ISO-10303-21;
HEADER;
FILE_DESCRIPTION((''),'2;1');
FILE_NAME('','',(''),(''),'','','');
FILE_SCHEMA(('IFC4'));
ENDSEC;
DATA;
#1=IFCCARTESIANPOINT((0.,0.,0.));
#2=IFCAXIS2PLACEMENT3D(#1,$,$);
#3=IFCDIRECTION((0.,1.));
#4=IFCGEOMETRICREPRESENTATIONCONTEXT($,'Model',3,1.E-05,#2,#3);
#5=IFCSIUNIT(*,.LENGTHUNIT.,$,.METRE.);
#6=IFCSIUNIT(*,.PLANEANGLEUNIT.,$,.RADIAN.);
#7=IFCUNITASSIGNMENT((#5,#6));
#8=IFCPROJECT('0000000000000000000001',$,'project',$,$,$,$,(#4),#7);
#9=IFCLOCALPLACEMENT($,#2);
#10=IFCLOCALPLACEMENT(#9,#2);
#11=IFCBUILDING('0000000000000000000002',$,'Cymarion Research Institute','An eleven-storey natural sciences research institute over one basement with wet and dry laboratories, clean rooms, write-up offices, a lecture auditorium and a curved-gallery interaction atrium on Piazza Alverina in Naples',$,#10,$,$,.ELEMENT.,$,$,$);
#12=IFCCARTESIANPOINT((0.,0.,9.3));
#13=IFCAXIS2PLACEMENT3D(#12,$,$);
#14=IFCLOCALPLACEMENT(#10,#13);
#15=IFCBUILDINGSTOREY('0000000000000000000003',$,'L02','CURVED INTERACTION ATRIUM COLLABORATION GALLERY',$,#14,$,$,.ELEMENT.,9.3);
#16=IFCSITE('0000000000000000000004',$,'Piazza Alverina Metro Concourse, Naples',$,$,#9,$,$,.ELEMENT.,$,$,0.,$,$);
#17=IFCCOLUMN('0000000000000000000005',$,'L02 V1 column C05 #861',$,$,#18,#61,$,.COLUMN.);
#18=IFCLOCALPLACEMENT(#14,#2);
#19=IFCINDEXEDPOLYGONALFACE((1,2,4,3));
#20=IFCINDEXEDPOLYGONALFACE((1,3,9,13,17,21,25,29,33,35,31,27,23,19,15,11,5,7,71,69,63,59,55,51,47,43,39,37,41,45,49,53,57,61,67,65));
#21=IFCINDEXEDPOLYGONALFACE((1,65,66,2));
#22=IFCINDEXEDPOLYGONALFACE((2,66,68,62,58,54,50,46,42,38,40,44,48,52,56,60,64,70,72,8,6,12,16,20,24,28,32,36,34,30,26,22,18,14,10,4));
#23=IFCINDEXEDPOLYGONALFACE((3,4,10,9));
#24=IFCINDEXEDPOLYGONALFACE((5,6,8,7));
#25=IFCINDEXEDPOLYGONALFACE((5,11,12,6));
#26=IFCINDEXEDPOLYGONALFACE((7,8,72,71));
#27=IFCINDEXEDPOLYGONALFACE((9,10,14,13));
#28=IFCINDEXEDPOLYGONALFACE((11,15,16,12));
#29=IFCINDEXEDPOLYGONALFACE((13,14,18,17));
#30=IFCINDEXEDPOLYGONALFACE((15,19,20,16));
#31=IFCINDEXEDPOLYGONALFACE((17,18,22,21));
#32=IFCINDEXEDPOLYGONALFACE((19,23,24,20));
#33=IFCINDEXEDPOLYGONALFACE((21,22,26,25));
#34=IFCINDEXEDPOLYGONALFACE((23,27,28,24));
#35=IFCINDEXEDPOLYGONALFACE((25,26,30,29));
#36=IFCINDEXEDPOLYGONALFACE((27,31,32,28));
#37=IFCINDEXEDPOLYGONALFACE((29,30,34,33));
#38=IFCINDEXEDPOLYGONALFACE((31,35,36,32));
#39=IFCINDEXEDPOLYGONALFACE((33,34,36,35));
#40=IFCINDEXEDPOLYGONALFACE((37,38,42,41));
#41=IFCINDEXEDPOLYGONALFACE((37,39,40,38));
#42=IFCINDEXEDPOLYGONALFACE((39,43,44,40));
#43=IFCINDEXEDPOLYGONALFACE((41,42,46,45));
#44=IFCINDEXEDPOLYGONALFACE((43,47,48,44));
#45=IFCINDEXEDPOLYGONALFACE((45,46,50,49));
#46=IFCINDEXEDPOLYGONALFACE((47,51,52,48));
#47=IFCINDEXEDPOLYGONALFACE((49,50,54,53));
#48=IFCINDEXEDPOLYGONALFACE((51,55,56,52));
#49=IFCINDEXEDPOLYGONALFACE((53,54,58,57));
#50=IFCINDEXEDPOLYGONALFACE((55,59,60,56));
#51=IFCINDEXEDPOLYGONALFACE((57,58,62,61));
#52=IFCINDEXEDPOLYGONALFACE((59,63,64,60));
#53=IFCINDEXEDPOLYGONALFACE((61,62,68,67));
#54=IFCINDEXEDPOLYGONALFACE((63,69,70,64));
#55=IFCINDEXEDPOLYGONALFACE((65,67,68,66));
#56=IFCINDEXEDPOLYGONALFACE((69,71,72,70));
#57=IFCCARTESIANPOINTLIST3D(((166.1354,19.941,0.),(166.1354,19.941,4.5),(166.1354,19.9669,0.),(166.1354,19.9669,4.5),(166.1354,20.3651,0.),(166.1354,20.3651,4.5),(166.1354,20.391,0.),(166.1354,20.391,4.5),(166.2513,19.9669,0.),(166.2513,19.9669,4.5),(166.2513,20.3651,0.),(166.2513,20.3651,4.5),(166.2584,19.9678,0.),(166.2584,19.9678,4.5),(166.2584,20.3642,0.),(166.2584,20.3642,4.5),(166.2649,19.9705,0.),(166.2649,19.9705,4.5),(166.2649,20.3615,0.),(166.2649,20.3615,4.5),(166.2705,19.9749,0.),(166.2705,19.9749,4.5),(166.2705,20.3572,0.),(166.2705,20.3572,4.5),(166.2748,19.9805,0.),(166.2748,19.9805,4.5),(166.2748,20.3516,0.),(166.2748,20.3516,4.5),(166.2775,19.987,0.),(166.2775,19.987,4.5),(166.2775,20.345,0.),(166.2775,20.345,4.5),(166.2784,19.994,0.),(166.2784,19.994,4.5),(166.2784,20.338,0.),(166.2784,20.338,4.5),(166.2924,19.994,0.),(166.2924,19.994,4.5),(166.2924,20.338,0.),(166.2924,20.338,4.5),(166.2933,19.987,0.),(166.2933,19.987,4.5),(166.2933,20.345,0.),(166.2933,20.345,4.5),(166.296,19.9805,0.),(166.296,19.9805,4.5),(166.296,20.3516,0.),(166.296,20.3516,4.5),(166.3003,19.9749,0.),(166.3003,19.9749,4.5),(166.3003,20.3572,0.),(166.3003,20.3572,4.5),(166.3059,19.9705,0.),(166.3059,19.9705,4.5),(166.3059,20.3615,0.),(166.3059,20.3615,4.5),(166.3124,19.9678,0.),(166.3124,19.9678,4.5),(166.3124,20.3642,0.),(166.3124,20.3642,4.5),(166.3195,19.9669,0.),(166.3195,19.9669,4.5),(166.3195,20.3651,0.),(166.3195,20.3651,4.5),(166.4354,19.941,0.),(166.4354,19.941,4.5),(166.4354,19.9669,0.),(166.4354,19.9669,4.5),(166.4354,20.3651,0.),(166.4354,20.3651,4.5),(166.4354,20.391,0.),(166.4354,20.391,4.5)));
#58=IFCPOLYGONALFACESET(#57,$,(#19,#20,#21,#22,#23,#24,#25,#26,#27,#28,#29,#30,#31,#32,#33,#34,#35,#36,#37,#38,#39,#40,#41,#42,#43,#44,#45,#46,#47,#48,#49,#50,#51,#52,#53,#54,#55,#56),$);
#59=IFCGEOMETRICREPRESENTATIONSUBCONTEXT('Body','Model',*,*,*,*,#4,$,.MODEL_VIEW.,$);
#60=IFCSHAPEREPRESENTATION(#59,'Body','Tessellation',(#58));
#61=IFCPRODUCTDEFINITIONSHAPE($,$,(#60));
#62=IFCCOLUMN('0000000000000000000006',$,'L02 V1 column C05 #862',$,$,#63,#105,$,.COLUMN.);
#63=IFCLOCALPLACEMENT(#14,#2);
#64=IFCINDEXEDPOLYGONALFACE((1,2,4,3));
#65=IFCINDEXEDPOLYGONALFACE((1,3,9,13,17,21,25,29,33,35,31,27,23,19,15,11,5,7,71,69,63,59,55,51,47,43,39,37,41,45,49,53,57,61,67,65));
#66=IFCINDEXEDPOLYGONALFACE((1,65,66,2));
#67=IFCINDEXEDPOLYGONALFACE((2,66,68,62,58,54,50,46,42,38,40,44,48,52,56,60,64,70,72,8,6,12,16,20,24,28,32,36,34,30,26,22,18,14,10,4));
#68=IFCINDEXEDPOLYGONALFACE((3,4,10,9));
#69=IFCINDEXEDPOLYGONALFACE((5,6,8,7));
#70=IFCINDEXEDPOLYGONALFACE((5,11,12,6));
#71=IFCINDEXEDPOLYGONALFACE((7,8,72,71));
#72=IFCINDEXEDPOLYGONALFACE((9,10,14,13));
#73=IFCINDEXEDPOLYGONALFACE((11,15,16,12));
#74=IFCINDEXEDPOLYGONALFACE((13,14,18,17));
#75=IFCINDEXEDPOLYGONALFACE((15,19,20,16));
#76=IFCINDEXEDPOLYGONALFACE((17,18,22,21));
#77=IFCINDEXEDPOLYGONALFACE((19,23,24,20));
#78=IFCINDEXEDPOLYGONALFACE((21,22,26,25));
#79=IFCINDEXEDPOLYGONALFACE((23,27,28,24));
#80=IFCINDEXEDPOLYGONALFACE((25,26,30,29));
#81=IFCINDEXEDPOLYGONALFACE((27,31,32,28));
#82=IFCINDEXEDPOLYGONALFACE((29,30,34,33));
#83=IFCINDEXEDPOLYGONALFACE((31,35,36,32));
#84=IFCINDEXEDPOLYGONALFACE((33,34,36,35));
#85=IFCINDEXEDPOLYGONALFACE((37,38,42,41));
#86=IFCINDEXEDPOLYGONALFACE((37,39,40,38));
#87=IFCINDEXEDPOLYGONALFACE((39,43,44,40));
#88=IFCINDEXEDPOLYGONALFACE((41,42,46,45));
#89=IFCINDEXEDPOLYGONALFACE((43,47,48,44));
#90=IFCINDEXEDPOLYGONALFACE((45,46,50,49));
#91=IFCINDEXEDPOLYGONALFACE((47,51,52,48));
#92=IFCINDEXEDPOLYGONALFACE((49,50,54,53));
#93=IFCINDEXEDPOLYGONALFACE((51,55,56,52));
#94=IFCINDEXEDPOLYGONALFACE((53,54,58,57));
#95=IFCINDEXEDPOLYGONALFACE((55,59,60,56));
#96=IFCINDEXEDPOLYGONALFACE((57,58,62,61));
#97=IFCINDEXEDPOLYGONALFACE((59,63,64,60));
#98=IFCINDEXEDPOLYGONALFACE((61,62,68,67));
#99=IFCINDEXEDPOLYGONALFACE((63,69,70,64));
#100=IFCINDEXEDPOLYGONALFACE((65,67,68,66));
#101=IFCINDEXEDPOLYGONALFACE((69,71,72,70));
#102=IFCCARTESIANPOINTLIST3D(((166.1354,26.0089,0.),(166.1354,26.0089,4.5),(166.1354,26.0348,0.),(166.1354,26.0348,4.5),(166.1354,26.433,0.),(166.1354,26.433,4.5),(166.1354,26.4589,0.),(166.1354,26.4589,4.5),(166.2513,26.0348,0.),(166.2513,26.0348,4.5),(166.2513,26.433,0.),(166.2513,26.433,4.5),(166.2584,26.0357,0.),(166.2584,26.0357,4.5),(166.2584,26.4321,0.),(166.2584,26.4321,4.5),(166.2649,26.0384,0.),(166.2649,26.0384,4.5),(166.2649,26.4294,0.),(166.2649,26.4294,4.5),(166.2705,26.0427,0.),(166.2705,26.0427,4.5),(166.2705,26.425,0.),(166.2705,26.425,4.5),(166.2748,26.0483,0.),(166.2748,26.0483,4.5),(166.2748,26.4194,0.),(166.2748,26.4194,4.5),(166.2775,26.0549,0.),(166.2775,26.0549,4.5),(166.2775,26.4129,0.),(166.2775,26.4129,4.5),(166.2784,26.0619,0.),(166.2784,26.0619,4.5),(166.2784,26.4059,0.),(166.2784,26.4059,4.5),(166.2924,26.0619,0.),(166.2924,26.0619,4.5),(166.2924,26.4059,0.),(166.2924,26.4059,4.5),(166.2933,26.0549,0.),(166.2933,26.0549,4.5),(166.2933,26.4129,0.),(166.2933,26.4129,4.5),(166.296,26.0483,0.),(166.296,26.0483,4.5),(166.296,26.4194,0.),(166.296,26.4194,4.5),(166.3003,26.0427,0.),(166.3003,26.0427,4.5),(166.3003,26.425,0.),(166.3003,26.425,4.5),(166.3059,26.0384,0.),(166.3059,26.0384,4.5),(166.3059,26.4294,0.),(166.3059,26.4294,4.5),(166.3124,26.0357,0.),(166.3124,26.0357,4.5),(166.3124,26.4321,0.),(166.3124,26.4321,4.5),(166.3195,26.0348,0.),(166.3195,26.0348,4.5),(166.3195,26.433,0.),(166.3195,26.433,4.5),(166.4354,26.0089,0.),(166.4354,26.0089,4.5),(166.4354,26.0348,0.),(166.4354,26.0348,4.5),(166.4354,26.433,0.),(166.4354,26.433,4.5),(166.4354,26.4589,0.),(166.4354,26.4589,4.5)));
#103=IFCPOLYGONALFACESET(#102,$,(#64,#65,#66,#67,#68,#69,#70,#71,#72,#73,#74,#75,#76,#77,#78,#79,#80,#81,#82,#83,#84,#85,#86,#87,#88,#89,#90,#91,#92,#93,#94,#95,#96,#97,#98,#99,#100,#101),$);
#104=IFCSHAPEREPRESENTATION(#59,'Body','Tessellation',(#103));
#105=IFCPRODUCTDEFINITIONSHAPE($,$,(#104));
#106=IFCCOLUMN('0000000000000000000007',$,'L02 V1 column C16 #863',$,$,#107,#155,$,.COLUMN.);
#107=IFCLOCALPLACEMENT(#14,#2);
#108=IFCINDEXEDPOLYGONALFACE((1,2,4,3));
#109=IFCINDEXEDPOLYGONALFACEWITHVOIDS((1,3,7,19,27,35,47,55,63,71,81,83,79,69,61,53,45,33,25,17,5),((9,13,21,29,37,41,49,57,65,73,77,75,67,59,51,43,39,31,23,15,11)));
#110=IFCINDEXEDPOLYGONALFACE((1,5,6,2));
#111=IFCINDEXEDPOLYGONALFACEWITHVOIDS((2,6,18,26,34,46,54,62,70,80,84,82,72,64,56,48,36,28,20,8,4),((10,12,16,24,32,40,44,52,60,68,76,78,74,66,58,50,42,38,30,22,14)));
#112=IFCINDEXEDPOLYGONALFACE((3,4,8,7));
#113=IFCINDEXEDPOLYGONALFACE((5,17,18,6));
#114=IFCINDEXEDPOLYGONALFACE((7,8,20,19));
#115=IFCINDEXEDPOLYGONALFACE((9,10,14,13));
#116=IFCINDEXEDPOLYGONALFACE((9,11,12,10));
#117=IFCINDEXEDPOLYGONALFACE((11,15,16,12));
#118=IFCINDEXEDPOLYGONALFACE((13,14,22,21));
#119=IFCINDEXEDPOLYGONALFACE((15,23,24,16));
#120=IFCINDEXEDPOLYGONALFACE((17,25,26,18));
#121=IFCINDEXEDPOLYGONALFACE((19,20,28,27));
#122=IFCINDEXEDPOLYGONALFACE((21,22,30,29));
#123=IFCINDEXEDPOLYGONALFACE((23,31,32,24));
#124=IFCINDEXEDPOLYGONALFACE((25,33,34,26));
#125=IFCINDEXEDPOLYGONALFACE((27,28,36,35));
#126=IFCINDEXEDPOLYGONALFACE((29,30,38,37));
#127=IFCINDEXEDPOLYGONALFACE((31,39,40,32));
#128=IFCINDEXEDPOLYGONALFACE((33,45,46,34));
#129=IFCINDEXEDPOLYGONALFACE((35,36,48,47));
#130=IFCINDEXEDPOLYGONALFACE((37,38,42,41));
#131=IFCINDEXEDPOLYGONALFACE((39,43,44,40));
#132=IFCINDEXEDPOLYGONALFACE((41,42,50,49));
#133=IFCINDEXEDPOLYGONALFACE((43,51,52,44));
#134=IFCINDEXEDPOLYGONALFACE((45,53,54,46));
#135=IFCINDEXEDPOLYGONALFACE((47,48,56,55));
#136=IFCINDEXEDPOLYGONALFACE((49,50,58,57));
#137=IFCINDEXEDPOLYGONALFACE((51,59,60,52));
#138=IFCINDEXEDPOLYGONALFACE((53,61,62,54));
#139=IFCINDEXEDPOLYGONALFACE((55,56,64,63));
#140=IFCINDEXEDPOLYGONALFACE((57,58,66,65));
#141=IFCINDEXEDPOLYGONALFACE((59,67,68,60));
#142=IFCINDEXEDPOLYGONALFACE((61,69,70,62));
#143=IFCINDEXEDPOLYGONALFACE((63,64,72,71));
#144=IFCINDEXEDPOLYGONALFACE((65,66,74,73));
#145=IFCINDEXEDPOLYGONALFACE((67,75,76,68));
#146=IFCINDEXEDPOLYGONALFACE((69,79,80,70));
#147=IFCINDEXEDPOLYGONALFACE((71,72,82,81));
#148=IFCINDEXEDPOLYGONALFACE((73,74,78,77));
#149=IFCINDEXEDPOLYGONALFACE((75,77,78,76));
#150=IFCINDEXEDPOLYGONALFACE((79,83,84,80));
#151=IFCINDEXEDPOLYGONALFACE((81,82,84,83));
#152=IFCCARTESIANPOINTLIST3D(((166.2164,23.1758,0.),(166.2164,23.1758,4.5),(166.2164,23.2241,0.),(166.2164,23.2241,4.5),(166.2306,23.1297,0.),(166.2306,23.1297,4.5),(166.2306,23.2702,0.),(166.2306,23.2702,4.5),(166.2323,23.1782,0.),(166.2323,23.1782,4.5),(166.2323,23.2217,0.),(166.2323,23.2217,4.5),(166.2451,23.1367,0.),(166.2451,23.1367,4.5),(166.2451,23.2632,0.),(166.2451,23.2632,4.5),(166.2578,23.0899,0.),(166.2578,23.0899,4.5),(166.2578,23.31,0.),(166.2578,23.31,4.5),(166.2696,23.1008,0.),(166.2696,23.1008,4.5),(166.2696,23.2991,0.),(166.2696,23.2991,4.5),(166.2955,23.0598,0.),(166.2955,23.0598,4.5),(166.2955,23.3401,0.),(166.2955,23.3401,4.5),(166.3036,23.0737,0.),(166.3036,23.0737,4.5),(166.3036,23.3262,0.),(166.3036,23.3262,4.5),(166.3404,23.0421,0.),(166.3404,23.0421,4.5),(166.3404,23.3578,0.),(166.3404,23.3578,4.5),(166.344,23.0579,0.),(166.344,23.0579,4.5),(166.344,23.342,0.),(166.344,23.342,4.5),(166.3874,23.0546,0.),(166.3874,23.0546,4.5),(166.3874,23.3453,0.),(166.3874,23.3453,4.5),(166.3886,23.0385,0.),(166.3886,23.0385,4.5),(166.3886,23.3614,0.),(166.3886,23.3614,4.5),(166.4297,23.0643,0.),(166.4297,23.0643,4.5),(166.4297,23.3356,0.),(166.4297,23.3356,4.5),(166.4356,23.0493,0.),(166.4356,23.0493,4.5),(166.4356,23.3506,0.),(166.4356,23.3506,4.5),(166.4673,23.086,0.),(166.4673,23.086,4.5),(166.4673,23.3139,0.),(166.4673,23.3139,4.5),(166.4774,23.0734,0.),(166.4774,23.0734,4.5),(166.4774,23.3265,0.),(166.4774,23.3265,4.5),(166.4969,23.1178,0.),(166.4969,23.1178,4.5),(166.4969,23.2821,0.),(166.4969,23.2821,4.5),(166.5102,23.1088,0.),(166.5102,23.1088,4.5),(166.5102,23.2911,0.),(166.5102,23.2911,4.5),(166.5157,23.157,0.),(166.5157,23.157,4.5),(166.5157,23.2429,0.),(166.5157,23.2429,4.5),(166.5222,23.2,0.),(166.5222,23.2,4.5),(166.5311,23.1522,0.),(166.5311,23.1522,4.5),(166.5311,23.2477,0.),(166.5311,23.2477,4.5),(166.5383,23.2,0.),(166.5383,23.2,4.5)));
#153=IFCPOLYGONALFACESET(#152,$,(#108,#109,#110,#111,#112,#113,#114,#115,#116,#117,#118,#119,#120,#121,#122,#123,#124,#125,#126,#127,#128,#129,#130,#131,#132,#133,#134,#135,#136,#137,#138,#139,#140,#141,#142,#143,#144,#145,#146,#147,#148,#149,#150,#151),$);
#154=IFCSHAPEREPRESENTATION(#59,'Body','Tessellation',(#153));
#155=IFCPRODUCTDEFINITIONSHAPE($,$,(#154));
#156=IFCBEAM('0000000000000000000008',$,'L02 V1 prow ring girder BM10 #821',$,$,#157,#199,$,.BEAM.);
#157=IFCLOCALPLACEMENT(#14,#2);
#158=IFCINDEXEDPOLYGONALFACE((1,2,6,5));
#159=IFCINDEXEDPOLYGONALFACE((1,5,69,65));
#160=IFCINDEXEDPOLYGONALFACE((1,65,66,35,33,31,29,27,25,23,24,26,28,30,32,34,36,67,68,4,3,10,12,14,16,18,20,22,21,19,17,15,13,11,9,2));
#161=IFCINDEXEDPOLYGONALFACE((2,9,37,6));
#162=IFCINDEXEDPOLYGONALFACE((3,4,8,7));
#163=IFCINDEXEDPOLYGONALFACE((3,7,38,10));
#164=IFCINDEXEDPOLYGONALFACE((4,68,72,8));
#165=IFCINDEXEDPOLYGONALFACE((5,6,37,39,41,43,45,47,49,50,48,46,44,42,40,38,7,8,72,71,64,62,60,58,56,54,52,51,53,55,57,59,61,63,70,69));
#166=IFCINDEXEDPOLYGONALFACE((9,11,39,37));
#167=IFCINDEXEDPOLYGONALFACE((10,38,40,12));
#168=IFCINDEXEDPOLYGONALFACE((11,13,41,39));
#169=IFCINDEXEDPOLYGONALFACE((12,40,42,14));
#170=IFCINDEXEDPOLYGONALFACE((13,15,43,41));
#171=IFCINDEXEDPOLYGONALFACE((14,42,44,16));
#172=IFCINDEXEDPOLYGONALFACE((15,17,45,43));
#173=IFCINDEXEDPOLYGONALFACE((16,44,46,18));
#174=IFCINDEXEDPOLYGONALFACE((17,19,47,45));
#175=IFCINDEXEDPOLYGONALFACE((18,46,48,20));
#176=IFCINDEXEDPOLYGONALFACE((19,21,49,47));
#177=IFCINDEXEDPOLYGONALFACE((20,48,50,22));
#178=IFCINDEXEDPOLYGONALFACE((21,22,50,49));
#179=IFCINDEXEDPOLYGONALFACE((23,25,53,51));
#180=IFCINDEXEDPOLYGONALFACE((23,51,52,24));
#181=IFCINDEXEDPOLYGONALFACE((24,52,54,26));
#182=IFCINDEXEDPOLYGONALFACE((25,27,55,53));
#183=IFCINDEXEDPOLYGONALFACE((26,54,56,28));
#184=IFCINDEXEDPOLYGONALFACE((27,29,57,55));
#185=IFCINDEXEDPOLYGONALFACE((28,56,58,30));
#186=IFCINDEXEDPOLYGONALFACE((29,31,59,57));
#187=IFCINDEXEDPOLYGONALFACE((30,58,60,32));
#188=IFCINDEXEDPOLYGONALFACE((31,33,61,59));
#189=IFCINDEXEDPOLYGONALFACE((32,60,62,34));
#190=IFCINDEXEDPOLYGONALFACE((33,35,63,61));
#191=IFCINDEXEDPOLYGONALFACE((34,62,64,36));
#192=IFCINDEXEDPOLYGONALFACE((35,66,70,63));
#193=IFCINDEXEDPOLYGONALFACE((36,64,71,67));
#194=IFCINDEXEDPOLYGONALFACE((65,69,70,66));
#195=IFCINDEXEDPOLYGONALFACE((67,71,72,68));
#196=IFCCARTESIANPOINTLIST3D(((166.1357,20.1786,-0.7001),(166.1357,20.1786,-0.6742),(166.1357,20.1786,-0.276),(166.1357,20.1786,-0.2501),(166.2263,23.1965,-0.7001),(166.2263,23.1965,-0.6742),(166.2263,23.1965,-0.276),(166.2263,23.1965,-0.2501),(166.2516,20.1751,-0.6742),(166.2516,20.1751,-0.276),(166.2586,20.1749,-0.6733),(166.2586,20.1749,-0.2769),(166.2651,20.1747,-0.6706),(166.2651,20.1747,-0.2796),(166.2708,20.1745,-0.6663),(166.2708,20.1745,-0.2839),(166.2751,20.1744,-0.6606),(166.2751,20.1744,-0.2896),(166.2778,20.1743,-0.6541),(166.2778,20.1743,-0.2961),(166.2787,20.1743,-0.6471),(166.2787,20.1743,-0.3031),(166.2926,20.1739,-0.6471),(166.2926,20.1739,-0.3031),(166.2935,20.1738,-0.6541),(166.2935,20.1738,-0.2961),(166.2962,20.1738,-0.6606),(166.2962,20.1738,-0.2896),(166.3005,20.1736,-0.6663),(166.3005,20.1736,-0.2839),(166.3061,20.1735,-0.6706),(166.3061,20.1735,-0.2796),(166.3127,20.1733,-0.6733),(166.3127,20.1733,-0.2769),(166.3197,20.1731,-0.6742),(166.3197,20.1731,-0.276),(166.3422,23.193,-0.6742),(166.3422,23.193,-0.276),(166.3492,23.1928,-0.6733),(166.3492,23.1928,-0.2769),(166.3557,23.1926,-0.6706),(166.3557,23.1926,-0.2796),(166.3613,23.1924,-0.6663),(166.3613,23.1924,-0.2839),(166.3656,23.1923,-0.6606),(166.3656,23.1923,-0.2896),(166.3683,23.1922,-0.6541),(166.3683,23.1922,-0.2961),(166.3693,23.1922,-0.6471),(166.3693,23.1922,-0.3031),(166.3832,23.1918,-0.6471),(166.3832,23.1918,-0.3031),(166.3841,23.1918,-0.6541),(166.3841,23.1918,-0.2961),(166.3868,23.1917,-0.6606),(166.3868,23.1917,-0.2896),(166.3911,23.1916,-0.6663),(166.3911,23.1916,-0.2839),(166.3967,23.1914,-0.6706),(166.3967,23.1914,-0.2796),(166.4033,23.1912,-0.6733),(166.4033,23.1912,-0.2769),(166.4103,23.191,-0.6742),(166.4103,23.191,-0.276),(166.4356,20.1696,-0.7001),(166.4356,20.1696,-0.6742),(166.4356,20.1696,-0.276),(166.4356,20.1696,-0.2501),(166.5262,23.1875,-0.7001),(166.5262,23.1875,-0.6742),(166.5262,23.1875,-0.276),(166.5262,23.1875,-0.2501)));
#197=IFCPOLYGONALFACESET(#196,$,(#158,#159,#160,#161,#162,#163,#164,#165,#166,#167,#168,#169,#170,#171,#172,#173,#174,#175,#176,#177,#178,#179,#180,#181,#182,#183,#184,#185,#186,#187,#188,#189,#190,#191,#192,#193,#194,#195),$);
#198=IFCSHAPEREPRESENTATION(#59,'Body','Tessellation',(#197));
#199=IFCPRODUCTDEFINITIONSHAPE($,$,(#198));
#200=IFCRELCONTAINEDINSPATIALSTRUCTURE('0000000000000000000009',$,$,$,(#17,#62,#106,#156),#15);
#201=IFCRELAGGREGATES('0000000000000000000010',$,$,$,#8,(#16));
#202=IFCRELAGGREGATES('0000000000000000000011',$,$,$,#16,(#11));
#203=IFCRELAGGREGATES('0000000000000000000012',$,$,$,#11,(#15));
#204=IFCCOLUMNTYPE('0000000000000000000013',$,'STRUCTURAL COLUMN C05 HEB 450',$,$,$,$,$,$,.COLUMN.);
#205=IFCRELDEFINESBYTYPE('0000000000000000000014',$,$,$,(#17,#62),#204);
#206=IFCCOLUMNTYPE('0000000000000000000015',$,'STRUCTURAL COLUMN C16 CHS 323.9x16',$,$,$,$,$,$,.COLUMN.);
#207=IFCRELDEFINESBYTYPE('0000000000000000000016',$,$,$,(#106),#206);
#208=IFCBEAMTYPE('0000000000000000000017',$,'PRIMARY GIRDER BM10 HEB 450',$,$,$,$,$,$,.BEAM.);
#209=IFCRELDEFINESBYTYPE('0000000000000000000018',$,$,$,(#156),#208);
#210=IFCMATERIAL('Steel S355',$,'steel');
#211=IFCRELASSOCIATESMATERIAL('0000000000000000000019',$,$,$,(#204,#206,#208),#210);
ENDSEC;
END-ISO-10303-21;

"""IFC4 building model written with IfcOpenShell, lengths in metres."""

from ifc_helpers import new_model, si_unit, direction, frame, origin, origin_2d, place, context, subcontext, project, spatial, hollow_circle, i_section, extrude, material, material_profile, profile_set, type_object, element, save


model = new_model("IFC4")

# Units and contexts
model_context = context("Model", 3, precision=1e-05, world=origin(), true_north=direction((0.0, 1.0)))
body_context = subcontext(model_context, "Body", "Model", "MODEL_VIEW")
ifc_project = project(units=[si_unit("LENGTHUNIT", "METRE"), si_unit("PLANEANGLEUNIT", "RADIAN")], contexts=[model_context])

# Site, building, storey
site_placement = place(None, origin())
site = spatial("IfcSite", under=ifc_project, at=site_placement, Name="Piazza Alverina Metro Concourse, Naples", CompositionType="ELEMENT", RefElevation=0.0)
building_placement = place(site_placement, origin())
building = spatial("IfcBuilding", under=site, at=building_placement, Name="Cymarion Research Institute", Description="An eleven-storey natural sciences research institute over one basement with wet and dry laboratories, clean rooms, write-up offices, a lecture auditorium and a curved-gallery interaction atrium on Piazza Alverina in Naples", CompositionType="ELEMENT")
storey_placement = place(building_placement, frame((0.0, 0.0, 9.3)))
storey = spatial("IfcBuildingStorey", under=building, at=storey_placement, Name="L02", Description="CURVED INTERACTION ATRIUM COLLABORATION GALLERY", CompositionType="ELEMENT", Elevation=9.3)

# Columns
ifc_material_1 = material(Name="Steel S355", Category="steel")
ifc_material_profile_1 = material_profile(ifc_material_1, i_section(OverallWidth=0.3, OverallDepth=0.45, WebThickness=0.0139, FlangeThickness=0.0259, FilletRadius=0.0271, at=origin_2d()), Name="HEB 450")
ifc_profile_set_1 = profile_set([ifc_material_profile_1], Name="Steel S355")
column_type_1 = type_object("IfcColumnType", Name="STRUCTURAL COLUMN C05 HEB 450", PredefinedType="COLUMN", material=ifc_profile_set_1)
for number, where, z_axis, x_axis, name in (
    (1, (166.2854, 20.166, 0.0), (0.0, 0.0, 1.0), (1.0, 0.0, 0.0), "L02 V1 column C05 #861"),
    (2, (166.2854, 26.2339, 0.0), (0.0, 0.0, 1.0), (1.0, 0.0, 0.0), "L02 V1 column C05 #862"),
):
    element("IfcColumn", number, at=place(storey_placement, frame(where, z_axis=z_axis, x_axis=x_axis)), inside=storey, type_object=column_type_1, Name=name, PredefinedType="COLUMN", context=body_context, shape_type="SweptSolid", body=[
        extrude(i_section(OverallWidth=0.3, OverallDepth=0.45, WebThickness=0.0139, FlangeThickness=0.0259, FilletRadius=0.0271, at=origin_2d()), origin(), (0.0, 0.0, 1.0), 4.5),
    ])
ifc_material_profile_2 = material_profile(ifc_material_1, hollow_circle(Radius=0.1619, WallThickness=0.0161, at=origin_2d()), Name="CHS 323.9x16")
ifc_profile_set_2 = profile_set([ifc_material_profile_2], Name="Steel S355")
column_type_2 = type_object("IfcColumnType", Name="STRUCTURAL COLUMN C16 CHS 323.9x16", PredefinedType="COLUMN", material=ifc_profile_set_2)
column_placement = place(storey_placement, frame((166.3765, 23.2, 0.0), z_axis=(0.0, 0.0, 1.0), x_axis=(1.0, 0.0, 0.0)))
element("IfcColumn", 3, at=column_placement, inside=storey, type_object=column_type_2, Name="L02 V1 column C16 #863", PredefinedType="COLUMN", context=body_context, shape_type="SweptSolid", body=[
    extrude(hollow_circle(Radius=0.1619, WallThickness=0.0161, at=origin_2d()), origin(), (0.0, 0.0, 1.0), 4.5),
])

# Beam
ifc_material_profile_3 = material_profile(ifc_material_1, i_section(OverallWidth=0.3, OverallDepth=0.45, WebThickness=0.0139, FlangeThickness=0.0259, FilletRadius=0.0271, at=origin_2d()), Name="HEB 450")
ifc_profile_set_3 = profile_set([ifc_material_profile_3], Name="Steel S355")
beam_type = type_object("IfcBeamType", Name="PRIMARY GIRDER BM10 HEB 450", PredefinedType="BEAM", material=ifc_profile_set_3)
beam_1_placement = place(storey_placement, frame((166.2856, 20.1741, -0.4751), z_axis=(0.03, 0.99955, 0.0), x_axis=(-0.99955, 0.03, 0.0)))
element("IfcBeam", 4, at=beam_1_placement, inside=storey, type_object=beam_type, Name="L02 V1 prow ring girder BM10 #821", PredefinedType="BEAM", context=body_context, shape_type="SweptSolid", body=[
    extrude(i_section(OverallWidth=0.3, OverallDepth=0.45, WebThickness=0.0139, FlangeThickness=0.0259, FilletRadius=0.0271, at=origin_2d()), origin(), (0.0, 0.0, 1.0), 3.0193),
])

save(model, "model.ifc")
